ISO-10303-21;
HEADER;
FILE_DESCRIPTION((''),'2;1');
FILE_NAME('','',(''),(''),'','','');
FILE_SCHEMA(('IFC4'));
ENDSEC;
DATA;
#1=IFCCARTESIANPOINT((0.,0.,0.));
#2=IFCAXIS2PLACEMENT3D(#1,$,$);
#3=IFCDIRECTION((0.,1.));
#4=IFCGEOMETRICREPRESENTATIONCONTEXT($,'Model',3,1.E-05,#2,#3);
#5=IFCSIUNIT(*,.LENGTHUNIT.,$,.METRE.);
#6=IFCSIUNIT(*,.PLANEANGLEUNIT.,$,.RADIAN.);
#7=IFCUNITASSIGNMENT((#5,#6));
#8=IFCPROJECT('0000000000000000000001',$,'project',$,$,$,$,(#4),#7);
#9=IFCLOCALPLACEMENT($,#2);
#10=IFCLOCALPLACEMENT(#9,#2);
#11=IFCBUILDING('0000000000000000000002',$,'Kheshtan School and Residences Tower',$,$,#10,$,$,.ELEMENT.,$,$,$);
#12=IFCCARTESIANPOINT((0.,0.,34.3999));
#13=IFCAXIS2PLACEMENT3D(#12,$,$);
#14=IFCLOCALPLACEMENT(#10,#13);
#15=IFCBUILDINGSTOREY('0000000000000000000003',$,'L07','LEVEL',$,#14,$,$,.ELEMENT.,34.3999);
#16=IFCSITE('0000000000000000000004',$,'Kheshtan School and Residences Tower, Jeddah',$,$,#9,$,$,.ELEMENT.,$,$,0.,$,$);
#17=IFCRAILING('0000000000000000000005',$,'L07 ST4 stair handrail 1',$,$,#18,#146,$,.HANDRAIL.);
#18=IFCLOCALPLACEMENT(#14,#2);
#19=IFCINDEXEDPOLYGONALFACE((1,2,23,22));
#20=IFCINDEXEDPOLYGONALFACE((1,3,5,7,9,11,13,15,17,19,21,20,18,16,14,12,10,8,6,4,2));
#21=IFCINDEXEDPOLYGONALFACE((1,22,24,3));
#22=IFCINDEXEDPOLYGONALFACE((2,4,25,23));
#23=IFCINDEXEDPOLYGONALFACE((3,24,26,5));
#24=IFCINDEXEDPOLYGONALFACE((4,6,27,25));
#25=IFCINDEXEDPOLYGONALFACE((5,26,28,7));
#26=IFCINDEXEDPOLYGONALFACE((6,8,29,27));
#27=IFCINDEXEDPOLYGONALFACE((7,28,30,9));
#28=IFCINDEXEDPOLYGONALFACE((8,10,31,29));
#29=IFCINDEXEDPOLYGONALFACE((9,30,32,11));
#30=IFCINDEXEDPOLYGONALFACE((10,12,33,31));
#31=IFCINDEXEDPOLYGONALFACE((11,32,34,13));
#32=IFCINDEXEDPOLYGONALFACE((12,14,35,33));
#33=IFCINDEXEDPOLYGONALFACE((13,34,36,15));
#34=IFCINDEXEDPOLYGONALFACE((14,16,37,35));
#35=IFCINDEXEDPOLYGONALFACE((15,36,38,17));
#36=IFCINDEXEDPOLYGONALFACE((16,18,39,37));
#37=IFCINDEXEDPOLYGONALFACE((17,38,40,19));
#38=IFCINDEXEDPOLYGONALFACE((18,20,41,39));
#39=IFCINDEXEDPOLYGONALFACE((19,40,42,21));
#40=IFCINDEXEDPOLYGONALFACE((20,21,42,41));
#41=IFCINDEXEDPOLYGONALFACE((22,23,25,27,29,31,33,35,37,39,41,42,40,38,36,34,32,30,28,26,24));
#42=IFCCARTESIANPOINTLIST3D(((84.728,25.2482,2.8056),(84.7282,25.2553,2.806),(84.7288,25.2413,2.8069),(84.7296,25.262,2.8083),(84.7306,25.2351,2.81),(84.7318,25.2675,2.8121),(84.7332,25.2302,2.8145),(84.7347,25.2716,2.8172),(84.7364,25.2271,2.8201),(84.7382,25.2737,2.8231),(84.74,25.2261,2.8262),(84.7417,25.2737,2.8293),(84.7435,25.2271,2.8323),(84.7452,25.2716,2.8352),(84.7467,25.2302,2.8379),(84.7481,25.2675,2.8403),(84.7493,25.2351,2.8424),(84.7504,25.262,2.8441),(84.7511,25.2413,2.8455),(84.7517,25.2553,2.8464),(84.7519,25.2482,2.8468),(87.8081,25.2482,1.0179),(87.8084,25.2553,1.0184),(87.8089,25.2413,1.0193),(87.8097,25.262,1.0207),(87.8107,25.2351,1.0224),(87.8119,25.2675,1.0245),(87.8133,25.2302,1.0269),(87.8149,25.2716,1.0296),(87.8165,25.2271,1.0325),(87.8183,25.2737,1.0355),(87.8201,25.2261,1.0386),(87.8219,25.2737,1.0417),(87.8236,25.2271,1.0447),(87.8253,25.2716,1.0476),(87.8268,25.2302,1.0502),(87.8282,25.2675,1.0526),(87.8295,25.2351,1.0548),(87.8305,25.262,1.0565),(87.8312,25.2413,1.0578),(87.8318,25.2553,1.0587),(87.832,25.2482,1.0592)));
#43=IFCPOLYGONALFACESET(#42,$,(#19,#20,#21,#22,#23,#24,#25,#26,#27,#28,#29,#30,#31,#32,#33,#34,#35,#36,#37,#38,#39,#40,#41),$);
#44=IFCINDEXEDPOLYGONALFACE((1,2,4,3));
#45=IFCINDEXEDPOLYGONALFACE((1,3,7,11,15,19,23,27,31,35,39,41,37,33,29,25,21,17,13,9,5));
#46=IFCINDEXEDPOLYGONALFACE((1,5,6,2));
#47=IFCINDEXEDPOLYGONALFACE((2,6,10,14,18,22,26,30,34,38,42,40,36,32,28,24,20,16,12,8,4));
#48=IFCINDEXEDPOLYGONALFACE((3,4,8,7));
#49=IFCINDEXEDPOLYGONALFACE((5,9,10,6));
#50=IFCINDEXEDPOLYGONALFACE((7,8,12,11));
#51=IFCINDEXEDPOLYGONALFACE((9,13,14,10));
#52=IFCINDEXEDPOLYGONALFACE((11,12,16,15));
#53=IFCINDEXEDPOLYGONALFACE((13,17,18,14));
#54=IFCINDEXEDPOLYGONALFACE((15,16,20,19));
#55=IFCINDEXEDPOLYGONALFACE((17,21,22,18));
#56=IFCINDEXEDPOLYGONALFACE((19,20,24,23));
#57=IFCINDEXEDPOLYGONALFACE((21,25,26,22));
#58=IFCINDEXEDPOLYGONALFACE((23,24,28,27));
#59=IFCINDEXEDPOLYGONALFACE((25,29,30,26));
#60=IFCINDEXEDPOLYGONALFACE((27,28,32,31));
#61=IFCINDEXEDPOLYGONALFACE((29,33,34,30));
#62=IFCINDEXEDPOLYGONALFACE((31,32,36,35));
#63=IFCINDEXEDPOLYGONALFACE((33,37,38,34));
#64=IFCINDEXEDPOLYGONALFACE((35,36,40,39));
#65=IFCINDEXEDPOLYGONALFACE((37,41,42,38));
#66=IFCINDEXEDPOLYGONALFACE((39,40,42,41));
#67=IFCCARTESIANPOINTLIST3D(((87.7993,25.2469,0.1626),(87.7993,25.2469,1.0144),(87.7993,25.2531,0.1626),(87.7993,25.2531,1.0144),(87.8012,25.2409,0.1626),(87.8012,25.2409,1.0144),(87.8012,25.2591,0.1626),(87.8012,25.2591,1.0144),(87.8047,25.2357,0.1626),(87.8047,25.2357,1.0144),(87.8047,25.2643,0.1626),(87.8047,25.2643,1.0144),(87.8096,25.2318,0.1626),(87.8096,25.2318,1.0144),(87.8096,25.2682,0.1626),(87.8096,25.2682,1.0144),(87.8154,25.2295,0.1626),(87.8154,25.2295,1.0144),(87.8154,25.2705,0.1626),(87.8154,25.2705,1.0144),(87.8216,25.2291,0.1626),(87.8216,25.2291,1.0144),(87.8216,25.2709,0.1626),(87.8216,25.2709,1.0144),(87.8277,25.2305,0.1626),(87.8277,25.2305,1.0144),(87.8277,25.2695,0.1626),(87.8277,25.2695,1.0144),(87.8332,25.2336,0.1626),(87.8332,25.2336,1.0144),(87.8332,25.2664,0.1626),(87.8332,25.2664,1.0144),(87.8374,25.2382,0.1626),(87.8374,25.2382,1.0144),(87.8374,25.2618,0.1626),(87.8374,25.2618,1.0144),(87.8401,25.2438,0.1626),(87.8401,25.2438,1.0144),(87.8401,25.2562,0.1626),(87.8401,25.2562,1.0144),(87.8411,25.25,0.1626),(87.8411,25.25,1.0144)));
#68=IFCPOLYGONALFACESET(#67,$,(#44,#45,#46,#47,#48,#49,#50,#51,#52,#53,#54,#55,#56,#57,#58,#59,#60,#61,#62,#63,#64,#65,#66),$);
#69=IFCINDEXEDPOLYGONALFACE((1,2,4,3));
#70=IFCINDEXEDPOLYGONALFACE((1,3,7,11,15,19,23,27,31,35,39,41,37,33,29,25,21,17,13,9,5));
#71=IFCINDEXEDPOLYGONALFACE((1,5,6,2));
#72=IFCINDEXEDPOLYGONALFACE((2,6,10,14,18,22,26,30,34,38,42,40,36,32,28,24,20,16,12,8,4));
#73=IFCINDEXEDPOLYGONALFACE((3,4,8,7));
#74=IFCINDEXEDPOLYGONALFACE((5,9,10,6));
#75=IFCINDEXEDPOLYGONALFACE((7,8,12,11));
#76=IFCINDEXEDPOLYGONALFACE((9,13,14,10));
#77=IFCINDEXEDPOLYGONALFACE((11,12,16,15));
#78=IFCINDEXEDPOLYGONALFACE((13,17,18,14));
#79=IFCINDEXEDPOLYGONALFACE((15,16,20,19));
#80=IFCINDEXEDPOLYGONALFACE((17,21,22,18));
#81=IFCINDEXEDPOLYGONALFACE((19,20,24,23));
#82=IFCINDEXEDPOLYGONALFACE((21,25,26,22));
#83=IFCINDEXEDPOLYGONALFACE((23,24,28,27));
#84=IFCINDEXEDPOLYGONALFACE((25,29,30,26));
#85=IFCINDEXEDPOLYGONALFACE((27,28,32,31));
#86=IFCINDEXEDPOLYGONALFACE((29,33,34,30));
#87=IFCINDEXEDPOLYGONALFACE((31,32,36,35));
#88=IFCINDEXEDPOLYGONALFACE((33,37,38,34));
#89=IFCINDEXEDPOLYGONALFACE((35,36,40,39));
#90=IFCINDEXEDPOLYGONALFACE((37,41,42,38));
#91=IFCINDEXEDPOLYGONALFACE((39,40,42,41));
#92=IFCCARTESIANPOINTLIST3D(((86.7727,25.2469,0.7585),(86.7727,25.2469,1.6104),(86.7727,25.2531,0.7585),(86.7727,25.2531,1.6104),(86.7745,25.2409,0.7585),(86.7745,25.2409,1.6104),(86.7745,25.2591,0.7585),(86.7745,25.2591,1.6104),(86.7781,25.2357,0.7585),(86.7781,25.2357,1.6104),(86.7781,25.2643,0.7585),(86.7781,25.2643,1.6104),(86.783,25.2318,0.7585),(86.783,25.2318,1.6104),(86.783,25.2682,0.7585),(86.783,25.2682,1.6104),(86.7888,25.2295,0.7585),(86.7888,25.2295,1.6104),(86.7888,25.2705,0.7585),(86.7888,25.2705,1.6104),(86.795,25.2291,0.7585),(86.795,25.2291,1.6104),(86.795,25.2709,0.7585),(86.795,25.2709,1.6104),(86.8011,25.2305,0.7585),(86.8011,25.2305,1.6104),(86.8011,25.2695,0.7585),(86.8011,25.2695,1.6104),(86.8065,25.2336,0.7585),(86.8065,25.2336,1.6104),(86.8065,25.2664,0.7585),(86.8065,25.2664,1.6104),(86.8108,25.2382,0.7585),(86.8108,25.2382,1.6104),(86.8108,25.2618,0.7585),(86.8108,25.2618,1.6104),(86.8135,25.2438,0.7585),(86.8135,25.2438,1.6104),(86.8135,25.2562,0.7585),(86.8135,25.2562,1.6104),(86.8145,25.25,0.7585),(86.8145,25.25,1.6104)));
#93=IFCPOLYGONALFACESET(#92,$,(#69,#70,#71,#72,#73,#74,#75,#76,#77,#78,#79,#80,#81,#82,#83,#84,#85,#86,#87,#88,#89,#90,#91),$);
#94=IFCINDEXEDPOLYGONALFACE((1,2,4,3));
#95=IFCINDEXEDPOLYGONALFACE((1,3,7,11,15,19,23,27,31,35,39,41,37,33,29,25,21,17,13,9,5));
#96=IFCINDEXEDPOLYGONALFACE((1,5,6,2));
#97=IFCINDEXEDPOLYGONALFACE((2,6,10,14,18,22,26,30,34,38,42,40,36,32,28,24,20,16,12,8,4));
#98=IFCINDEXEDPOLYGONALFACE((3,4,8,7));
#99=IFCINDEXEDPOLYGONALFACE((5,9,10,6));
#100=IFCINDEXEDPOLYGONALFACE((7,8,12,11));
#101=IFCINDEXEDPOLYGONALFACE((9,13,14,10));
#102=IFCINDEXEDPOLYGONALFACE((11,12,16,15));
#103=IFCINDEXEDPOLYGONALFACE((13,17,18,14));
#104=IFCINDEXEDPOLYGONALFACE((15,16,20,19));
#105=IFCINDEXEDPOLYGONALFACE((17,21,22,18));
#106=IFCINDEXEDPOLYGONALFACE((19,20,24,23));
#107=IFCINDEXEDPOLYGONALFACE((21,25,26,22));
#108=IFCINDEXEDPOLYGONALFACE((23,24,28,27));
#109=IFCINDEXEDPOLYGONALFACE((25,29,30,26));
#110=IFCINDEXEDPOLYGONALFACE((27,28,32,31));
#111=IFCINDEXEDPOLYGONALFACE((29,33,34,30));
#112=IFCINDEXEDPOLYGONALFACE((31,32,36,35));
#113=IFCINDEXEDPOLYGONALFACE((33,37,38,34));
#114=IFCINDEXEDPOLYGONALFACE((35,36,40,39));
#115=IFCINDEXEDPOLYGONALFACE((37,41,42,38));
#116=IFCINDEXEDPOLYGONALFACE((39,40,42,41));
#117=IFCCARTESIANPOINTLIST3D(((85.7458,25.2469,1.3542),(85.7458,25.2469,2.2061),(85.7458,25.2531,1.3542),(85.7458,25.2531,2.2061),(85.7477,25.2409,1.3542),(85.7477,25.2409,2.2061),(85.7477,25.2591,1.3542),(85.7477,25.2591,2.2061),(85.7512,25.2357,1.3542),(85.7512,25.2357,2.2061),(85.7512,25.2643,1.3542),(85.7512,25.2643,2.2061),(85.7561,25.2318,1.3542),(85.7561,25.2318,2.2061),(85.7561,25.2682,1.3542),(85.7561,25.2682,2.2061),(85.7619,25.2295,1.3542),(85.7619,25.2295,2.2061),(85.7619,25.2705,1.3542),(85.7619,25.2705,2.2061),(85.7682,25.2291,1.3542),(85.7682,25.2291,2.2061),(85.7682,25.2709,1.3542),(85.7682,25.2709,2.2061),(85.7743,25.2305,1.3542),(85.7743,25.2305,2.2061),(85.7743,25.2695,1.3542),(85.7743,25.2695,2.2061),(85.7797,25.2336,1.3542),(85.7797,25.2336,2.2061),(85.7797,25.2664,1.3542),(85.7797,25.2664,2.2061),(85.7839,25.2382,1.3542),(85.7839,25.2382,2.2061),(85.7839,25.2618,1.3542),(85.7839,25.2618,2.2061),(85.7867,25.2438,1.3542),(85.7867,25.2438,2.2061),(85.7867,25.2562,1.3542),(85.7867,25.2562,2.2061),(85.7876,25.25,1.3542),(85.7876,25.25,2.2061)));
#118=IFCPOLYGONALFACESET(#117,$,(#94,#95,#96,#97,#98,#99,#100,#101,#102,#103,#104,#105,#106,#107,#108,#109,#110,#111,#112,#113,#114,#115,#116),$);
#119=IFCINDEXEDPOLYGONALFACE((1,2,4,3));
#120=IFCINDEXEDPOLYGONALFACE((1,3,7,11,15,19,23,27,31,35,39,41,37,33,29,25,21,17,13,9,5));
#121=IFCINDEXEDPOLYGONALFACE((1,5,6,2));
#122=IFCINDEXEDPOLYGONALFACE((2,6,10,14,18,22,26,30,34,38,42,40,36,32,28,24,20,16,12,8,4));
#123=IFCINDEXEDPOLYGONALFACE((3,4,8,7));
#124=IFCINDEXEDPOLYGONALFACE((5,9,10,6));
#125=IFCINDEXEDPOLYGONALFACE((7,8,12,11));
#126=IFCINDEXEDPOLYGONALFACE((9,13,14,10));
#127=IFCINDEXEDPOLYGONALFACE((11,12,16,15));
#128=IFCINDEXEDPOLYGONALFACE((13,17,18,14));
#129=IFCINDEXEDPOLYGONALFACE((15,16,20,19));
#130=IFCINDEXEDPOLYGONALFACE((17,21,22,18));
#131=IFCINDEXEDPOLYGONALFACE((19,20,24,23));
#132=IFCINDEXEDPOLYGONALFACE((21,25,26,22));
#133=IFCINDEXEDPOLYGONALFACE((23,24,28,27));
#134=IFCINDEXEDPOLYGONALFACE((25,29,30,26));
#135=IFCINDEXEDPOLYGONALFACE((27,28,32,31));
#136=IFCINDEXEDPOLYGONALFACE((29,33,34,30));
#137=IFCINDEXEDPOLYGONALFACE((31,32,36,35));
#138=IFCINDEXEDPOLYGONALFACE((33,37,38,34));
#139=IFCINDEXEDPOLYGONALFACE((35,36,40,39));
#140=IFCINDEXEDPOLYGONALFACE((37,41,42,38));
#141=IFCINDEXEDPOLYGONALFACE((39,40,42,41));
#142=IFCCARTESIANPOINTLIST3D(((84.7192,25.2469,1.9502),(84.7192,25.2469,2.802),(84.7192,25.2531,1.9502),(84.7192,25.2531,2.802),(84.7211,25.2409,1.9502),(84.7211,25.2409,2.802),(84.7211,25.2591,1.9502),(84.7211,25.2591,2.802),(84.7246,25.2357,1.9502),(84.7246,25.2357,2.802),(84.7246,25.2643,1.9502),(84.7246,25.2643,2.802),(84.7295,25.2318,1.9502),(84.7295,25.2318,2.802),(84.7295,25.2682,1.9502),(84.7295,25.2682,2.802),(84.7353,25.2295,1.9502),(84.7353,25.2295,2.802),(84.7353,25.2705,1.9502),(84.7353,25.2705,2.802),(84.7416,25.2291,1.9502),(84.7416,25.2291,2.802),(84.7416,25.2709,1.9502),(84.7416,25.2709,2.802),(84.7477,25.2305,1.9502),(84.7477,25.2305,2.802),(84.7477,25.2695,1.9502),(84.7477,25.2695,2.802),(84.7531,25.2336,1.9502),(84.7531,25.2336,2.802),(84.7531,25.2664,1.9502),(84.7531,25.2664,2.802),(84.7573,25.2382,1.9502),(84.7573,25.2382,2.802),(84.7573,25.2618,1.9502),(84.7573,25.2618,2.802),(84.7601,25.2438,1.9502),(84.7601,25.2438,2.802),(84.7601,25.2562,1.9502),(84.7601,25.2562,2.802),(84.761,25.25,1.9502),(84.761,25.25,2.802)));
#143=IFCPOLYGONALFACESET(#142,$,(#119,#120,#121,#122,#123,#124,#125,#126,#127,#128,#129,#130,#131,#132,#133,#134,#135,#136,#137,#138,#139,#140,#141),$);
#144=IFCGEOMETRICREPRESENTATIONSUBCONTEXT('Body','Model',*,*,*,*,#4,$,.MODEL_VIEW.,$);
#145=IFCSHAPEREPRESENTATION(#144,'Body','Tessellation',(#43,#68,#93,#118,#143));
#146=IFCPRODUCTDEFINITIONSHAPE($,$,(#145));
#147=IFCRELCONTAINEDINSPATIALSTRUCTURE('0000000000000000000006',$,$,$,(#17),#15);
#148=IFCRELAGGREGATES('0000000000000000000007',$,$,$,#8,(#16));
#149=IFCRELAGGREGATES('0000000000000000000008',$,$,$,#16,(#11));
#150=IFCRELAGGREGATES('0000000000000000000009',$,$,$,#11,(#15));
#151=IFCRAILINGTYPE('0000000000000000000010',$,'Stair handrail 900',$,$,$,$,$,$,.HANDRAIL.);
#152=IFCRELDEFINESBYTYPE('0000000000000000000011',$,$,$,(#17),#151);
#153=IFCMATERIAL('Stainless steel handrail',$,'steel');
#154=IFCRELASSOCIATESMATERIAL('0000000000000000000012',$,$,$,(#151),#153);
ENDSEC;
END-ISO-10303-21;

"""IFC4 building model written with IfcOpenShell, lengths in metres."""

from ifc_helpers import new_model, si_unit, direction, frame, origin, origin_2d, place, context, subcontext, project, spatial, circle, extrude, material, type_object, element, save


model = new_model("IFC4")

# Units and contexts
model_context = context("Model", 3, precision=1e-05, world=origin(), true_north=direction((0.0, 1.0)))
body_context = subcontext(model_context, "Body", "Model", "MODEL_VIEW")
ifc_project = project(units=[si_unit("LENGTHUNIT", "METRE"), si_unit("PLANEANGLEUNIT", "RADIAN")], contexts=[model_context])

# Site, building, storey
site_placement = place(None, origin())
site = spatial("IfcSite", under=ifc_project, at=site_placement, Name="Kheshtan School and Residences Tower, Jeddah", CompositionType="ELEMENT", RefElevation=0.0)
building_placement = place(site_placement, origin())
building = spatial("IfcBuilding", under=site, at=building_placement, Name="Kheshtan School and Residences Tower", CompositionType="ELEMENT")
storey_placement = place(building_placement, frame((0.0, 0.0, 34.3999)))
storey = spatial("IfcBuildingStorey", under=building, at=storey_placement, Name="L07", Description="LEVEL", CompositionType="ELEMENT", Elevation=34.3999)

# Railing
ifc_material_1 = material(Name="Stainless steel handrail", Category="steel")
railing_type_1 = type_object("IfcRailingType", Name="Stair handrail 900", PredefinedType="HANDRAIL", material=ifc_material_1)
railing_1_placement = place(storey_placement, frame((87.8201, 25.25, 0.1626)))
element("IfcRailing", 1, at=railing_1_placement, inside=storey, type_object=railing_type_1, Name="L07 ST4 stair handrail 1", PredefinedType="HANDRAIL", context=body_context, shape_type="SweptSolid", body=[
    extrude(circle(Radius=0.0239, at=origin_2d()), frame((0.0, 0.0, 0.876), z_axis=(-0.864891, 0.0, 0.50196), x_axis=(0.0, -1.0, 0.0)), (0.0, 0.0, 1.0), 3.5613),
    extrude(circle(Radius=0.021, at=origin_2d()), origin(), (0.0, 0.0, 1.0), 0.8518),
    extrude(circle(Radius=0.021, at=origin_2d()), frame((-1.0266, 0.0, 0.5959)), (0.0, 0.0, 1.0), 0.8518),
    extrude(circle(Radius=0.021, at=origin_2d()), frame((-2.0535, 0.0, 1.1917)), (0.0, 0.0, 1.0), 0.8518),
    extrude(circle(Radius=0.021, at=origin_2d()), frame((-3.0801, 0.0, 1.7876)), (0.0, 0.0, 1.0), 0.8518),
])

save(model, "model.ifc")
